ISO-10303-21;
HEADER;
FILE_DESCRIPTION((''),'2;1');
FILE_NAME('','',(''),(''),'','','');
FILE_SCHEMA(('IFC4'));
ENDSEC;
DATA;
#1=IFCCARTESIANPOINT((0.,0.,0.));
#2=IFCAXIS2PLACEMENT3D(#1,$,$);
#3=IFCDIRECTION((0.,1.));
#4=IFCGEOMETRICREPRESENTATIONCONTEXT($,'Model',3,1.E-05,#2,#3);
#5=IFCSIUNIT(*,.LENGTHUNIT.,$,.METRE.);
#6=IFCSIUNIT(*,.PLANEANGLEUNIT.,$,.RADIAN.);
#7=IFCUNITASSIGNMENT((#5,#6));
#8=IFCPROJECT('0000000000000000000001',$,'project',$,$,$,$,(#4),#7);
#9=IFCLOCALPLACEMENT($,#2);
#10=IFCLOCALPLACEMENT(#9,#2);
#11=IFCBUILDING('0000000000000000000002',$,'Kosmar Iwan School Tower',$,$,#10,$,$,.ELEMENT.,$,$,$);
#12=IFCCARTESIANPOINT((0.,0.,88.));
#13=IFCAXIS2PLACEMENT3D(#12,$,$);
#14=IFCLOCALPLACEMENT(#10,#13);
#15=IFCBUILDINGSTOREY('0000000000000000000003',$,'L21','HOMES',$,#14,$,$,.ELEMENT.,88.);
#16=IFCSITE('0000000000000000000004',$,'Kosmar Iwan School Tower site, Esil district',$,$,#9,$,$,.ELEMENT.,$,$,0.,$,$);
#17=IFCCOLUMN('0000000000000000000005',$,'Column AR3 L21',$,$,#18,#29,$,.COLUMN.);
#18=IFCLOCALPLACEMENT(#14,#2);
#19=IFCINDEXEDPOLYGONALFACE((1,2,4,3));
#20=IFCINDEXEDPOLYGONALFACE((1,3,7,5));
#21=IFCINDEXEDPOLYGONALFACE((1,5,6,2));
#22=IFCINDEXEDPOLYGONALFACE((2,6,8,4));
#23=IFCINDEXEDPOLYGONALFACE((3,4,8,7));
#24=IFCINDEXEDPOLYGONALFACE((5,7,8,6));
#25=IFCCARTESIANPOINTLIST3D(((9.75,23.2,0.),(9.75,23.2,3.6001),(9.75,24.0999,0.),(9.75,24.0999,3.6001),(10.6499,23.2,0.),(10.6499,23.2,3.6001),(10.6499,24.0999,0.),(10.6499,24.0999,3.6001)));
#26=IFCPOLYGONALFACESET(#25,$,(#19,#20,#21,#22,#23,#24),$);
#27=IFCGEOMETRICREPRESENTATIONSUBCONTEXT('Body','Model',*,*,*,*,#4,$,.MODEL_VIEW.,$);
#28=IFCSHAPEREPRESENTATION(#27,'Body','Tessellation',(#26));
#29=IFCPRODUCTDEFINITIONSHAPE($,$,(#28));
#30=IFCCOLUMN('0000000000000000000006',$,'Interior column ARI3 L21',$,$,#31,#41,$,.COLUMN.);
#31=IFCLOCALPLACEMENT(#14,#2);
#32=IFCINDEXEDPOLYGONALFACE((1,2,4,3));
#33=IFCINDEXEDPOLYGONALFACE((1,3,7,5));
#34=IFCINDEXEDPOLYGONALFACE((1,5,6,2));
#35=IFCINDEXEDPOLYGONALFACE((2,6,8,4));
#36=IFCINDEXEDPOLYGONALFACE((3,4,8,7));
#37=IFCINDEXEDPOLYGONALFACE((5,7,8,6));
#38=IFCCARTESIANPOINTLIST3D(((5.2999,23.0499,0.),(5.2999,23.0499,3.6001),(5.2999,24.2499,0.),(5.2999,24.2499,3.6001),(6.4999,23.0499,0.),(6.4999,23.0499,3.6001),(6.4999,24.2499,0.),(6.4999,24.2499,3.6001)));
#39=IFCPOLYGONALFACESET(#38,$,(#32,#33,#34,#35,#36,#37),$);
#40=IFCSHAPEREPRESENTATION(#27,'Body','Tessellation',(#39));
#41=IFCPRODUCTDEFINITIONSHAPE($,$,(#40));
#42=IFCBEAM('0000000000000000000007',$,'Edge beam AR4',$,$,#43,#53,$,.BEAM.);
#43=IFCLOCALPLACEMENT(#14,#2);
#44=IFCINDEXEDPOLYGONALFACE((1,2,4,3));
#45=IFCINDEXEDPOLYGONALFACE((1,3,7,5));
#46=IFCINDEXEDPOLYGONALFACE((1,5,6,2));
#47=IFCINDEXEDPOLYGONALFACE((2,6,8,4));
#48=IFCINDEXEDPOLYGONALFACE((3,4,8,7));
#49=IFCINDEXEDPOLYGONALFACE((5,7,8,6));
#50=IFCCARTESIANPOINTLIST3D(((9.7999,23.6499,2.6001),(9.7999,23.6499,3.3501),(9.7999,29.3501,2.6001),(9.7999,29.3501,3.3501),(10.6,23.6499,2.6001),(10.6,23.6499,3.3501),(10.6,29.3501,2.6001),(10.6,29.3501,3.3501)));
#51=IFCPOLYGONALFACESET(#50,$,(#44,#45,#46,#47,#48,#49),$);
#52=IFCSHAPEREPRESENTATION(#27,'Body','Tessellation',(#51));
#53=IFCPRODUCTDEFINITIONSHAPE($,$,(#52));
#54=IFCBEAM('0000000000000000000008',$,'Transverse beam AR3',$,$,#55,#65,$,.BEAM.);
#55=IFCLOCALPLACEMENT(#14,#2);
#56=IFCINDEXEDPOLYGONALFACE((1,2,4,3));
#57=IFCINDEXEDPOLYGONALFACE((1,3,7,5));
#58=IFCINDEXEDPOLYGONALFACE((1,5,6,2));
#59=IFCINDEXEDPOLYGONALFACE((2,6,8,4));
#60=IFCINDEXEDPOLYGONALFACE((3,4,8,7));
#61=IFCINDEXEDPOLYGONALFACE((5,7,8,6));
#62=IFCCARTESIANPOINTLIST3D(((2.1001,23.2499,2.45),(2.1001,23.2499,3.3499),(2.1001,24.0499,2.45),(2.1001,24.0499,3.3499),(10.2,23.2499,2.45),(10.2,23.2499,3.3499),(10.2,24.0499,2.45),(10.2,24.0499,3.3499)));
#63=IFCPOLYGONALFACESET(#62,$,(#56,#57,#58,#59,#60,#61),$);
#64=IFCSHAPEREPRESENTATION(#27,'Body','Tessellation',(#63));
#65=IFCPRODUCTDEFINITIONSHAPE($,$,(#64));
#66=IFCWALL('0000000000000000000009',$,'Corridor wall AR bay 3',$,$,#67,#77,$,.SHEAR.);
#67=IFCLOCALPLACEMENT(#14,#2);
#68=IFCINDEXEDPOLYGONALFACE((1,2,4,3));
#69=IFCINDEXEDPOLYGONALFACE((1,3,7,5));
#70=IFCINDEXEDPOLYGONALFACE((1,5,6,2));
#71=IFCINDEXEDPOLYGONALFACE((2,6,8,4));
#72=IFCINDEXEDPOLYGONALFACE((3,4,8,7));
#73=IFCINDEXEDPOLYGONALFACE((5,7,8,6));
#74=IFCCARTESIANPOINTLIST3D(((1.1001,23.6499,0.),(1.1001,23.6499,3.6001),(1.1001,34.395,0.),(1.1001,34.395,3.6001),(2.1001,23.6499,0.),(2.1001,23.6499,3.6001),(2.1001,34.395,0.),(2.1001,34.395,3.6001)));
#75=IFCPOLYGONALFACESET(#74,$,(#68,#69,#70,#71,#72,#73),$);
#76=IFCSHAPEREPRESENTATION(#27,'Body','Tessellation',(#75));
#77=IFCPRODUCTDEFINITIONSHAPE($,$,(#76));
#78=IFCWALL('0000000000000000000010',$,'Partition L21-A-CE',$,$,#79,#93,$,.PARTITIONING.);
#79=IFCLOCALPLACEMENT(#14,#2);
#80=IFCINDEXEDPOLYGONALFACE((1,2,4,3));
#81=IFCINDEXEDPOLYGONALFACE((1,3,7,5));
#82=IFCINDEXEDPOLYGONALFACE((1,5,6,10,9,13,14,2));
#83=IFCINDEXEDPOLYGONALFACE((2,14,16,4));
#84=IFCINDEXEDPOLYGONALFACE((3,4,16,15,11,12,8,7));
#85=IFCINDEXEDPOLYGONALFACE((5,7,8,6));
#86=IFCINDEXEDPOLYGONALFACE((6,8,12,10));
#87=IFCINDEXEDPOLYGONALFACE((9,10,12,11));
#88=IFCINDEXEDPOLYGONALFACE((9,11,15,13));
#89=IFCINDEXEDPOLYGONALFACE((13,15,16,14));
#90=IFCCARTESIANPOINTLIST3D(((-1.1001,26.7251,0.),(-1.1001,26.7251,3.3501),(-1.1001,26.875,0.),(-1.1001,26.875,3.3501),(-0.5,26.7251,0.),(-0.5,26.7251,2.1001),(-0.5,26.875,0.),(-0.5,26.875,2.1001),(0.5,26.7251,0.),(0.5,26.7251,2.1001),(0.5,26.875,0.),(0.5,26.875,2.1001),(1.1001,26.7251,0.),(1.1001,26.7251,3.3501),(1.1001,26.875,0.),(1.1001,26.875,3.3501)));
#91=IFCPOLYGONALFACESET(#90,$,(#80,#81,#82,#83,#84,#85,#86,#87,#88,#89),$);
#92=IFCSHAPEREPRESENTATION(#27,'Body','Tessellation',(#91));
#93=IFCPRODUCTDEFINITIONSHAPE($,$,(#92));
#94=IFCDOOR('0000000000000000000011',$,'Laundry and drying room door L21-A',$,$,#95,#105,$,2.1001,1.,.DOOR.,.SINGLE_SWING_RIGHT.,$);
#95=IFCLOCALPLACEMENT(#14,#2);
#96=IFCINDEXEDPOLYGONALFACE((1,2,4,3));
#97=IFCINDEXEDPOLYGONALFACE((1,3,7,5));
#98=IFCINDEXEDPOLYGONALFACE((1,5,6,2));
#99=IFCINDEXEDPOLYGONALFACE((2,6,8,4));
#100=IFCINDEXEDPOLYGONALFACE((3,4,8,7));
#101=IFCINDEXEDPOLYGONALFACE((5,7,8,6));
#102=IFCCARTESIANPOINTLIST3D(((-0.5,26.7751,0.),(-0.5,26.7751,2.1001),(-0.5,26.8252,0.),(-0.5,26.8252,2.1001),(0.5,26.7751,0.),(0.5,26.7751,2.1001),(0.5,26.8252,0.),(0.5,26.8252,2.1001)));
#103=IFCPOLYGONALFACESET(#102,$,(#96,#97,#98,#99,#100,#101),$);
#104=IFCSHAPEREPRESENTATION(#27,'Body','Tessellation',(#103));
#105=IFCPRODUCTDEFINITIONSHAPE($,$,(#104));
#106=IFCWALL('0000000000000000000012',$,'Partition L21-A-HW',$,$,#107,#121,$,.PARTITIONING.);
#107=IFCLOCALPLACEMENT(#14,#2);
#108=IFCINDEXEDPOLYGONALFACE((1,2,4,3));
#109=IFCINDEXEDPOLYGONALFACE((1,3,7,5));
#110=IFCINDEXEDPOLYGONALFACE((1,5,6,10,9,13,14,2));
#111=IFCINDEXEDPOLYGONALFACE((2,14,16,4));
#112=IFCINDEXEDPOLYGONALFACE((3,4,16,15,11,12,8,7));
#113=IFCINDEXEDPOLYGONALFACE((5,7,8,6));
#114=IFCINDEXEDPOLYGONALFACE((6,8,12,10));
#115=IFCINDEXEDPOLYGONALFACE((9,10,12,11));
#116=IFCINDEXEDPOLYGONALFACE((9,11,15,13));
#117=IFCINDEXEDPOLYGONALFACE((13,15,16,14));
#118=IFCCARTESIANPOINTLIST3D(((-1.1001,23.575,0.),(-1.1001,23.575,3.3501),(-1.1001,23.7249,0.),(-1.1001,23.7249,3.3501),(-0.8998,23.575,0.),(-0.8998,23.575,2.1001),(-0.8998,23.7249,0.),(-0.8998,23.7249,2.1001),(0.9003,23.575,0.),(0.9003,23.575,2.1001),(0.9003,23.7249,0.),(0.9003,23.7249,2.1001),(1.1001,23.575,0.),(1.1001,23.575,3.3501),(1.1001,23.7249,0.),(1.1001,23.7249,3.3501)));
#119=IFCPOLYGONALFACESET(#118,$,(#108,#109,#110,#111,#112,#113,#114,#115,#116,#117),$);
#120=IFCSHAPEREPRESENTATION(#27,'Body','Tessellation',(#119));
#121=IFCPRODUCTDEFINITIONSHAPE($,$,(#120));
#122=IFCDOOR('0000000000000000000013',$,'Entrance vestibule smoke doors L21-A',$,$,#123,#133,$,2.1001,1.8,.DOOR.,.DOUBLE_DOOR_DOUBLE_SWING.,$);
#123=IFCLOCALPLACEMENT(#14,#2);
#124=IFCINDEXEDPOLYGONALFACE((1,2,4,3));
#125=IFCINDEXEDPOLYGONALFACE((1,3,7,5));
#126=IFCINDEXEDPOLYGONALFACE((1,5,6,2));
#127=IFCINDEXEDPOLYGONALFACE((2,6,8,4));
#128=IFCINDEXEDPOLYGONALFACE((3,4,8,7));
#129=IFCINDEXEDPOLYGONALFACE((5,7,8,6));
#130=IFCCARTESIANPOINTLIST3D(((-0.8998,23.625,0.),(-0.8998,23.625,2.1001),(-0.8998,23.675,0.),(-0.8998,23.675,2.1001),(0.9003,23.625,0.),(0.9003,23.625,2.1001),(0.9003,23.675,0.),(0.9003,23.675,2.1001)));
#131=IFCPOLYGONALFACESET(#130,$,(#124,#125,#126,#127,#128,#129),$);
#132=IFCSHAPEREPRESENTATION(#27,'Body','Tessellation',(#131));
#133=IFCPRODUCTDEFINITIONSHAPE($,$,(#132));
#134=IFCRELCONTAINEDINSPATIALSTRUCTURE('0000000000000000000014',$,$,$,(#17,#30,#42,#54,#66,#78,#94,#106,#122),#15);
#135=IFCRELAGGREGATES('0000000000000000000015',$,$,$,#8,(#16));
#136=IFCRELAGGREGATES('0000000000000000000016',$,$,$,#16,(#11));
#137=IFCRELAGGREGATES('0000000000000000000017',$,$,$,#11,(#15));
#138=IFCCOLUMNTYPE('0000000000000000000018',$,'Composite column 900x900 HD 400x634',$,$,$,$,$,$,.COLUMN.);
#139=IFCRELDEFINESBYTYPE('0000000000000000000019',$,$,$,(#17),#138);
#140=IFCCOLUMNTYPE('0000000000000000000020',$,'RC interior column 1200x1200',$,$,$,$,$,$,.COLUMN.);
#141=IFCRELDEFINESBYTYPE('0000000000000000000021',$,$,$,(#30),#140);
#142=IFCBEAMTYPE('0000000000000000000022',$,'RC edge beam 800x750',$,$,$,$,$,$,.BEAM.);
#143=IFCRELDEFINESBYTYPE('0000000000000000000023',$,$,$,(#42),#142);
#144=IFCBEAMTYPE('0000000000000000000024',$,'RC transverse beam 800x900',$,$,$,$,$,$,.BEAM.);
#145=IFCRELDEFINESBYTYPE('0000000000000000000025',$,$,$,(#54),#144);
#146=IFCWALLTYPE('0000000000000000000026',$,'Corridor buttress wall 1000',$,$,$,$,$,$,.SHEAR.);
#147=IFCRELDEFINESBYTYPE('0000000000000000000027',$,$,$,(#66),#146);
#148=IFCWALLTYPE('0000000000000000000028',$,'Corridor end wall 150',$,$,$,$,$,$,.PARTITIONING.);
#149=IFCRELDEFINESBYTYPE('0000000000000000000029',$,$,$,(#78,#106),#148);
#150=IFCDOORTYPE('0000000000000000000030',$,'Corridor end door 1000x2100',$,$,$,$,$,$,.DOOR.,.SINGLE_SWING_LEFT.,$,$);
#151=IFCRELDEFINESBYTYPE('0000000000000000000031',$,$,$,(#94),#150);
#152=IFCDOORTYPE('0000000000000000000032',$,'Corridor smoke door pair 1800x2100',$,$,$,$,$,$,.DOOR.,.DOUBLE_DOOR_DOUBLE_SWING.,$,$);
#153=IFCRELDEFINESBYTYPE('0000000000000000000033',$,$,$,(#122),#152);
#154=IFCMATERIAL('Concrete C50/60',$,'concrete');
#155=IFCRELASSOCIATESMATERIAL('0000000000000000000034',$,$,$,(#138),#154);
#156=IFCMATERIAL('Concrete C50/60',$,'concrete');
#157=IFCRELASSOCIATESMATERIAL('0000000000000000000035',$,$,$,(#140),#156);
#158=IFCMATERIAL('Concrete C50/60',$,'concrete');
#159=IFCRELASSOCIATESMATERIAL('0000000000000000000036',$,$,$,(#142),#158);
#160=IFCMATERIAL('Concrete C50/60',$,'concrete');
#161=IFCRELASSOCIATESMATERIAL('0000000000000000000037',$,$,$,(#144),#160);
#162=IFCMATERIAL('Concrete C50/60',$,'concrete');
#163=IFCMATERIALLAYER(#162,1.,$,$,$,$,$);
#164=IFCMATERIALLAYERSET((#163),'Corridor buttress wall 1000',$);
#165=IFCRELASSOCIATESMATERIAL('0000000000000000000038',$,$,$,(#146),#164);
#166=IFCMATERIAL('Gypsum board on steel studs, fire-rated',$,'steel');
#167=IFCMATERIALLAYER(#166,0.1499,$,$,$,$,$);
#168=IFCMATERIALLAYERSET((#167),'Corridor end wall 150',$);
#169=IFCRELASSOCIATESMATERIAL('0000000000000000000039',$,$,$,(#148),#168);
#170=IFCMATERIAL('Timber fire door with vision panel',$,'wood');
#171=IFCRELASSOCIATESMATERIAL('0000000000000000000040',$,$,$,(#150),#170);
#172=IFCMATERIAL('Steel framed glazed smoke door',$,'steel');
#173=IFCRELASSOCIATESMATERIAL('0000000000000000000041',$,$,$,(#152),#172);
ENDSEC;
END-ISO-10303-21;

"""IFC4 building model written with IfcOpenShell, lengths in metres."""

from ifc_helpers import new_model, si_unit, direction, frame, frame_2d, origin, origin_2d, place, context, subcontext, project, spatial, rectangle, extrude, material, layer, layer_set, material_profile, profile_set, type_object, element, fill, save


model = new_model("IFC4")

# Units and contexts
model_context = context("Model", 3, precision=1e-05, world=origin(), true_north=direction((0.0, 1.0)))
body_context = subcontext(model_context, "Body", "Model", "MODEL_VIEW")
ifc_project = project(units=[si_unit("LENGTHUNIT", "METRE"), si_unit("PLANEANGLEUNIT", "RADIAN")], contexts=[model_context])

# Site, building, storey
site_placement = place(None, origin())
site = spatial("IfcSite", under=ifc_project, at=site_placement, Name="Kosmar Iwan School Tower site, Esil district", CompositionType="ELEMENT", RefElevation=0.0)
building_placement = place(site_placement, origin())
building = spatial("IfcBuilding", under=site, at=building_placement, Name="Kosmar Iwan School Tower", CompositionType="ELEMENT")
storey_placement = place(building_placement, frame((0.0, 0.0, 88.0)))
storey = spatial("IfcBuildingStorey", under=building, at=storey_placement, Name="L21", Description="HOMES", CompositionType="ELEMENT", Elevation=88.0)

# Columns
ifc_material_1 = material(Name="Concrete C50/60", Category="concrete")
ifc_material_profile_1 = material_profile(ifc_material_1, rectangle(XDim=0.8999, YDim=0.8999, at=origin_2d()), Name="RC 900x900 + HD 400x634")
ifc_profile_set_1 = profile_set([ifc_material_profile_1], Name="Concrete C50/60")
column_type_1 = type_object("IfcColumnType", Name="Composite column 900x900 HD 400x634", PredefinedType="COLUMN", material=ifc_profile_set_1)
column_1_placement = place(storey_placement, frame((10.2, 23.6499, 0.0), z_axis=(0.0, 0.0, 1.0), x_axis=(0.0, 1.0, 0.0)))
element("IfcColumn", 1, at=column_1_placement, inside=storey, type_object=column_type_1, Name="Column AR3 L21", PredefinedType="COLUMN", context=body_context, shape_type="SweptSolid", body=[
    extrude(rectangle(XDim=0.8999, YDim=0.8999, at=origin_2d()), origin(), (0.0, 0.0, 1.0), 3.6001),
])
ifc_material_2 = material(Name="Concrete C50/60", Category="concrete")
ifc_material_profile_2 = material_profile(ifc_material_2, rectangle(XDim=1.2, YDim=1.2, at=origin_2d()), Name="RC 1200x1200")
ifc_profile_set_2 = profile_set([ifc_material_profile_2], Name="Concrete C50/60")
column_type_2 = type_object("IfcColumnType", Name="RC interior column 1200x1200", PredefinedType="COLUMN", material=ifc_profile_set_2)
column_2_placement = place(storey_placement, frame((5.8999, 23.6499, 0.0), z_axis=(0.0, 0.0, 1.0), x_axis=(0.0, 1.0, 0.0)))
element("IfcColumn", 2, at=column_2_placement, inside=storey, type_object=column_type_2, Name="Interior column ARI3 L21", PredefinedType="COLUMN", context=body_context, shape_type="SweptSolid", body=[
    extrude(rectangle(XDim=1.2, YDim=1.2, at=origin_2d()), origin(), (0.0, 0.0, 1.0), 3.6001),
])

# Beams
ifc_material_3 = material(Name="Concrete C50/60", Category="concrete")
ifc_material_profile_3 = material_profile(ifc_material_3, rectangle(XDim=0.8, YDim=0.75, at=origin_2d()), Name="RC 800x750")
ifc_profile_set_3 = profile_set([ifc_material_profile_3], Name="Concrete C50/60")
beam_type_1 = type_object("IfcBeamType", Name="RC edge beam 800x750", PredefinedType="BEAM", material=ifc_profile_set_3)
beam_1_placement = place(storey_placement, frame((10.2, 23.6499, 2.9751), z_axis=(0.0, 1.0, 0.0), x_axis=(-1.0, 0.0, 0.0)))
element("IfcBeam", 3, at=beam_1_placement, inside=storey, type_object=beam_type_1, Name="Edge beam AR4", PredefinedType="BEAM", context=body_context, shape_type="SweptSolid", body=[
    extrude(rectangle(XDim=0.8, YDim=0.75, at=origin_2d()), origin(), (0.0, 0.0, 1.0), 5.7002),
])
ifc_material_4 = material(Name="Concrete C50/60", Category="concrete")
ifc_material_profile_4 = material_profile(ifc_material_4, rectangle(XDim=0.8, YDim=0.8999, at=origin_2d()), Name="RC 800x900")
ifc_profile_set_4 = profile_set([ifc_material_profile_4], Name="Concrete C50/60")
beam_type_2 = type_object("IfcBeamType", Name="RC transverse beam 800x900", PredefinedType="BEAM", material=ifc_profile_set_4)
beam_2_placement = place(storey_placement, frame((10.2, 23.6499, 2.8999), z_axis=(-1.0, 0.0, 0.0), x_axis=(0.0, -1.0, 0.0)))
element("IfcBeam", 4, at=beam_2_placement, inside=storey, type_object=beam_type_2, Name="Transverse beam AR3", PredefinedType="BEAM", context=body_context, shape_type="SweptSolid", body=[
    extrude(rectangle(XDim=0.8, YDim=0.8999, at=origin_2d()), origin(), (0.0, 0.0, 1.0), 8.0999),
])

# Wall
ifc_material_5 = material(Name="Concrete C50/60", Category="concrete")
ifc_layer_1 = layer(ifc_material_5, 1.0)
ifc_layer_set_1 = layer_set([ifc_layer_1], Name="Corridor buttress wall 1000")
wall_type_1 = type_object("IfcWallType", Name="Corridor buttress wall 1000", PredefinedType="SHEAR", material=ifc_layer_set_1)
wall_1_placement = place(storey_placement, frame((1.6001, 23.6499, 0.0), z_axis=(0.0, 0.0, 1.0), x_axis=(0.0, 1.0, 0.0)))
element("IfcWall", 5, at=wall_1_placement, inside=storey, type_object=wall_type_1, Name="Corridor wall AR bay 3", PredefinedType="SHEAR", context=body_context, shape_type="SweptSolid", body=[
    extrude(rectangle(XDim=10.7451, YDim=1.0, at=frame_2d((5.3726, 0.0))), origin(), (0.0, 0.0, 1.0), 3.6001),
])

# Walls, openings, doors
ifc_material_6 = material(Name="Gypsum board on steel studs, fire-rated", Category="steel")
ifc_layer_2 = layer(ifc_material_6, 0.1499)
ifc_layer_set_2 = layer_set([ifc_layer_2], Name="Corridor end wall 150")
wall_type_2 = type_object("IfcWallType", Name="Corridor end wall 150", PredefinedType="PARTITIONING", material=ifc_layer_set_2)
wall_2_placement = place(storey_placement, frame((1.1001, 26.8, 0.0), z_axis=(0.0, 0.0, 1.0), x_axis=(-1.0, 0.0, 0.0)))
wall_2 = element("IfcWall", 6, at=wall_2_placement, inside=storey, type_object=wall_type_2, Name="Partition L21-A-CE", PredefinedType="PARTITIONING", context=body_context, shape_type="SweptSolid", body=[
    extrude(rectangle(XDim=2.2002, YDim=0.1499, at=frame_2d((1.1001, 0.0))), origin(), (0.0, 0.0, 1.0), 3.3501),
])
opening_1_placement = place(wall_2_placement, frame((0.6001, 0.0, 0.0)))
opening_1 = element("IfcOpeningElement", 7, at=opening_1_placement, cuts=wall_2, PredefinedType="OPENING", context=body_context, shape_type="SweptSolid", body=[
    extrude(rectangle(XDim=1.0, YDim=2.1001, at=frame_2d((0.5, 1.05))), frame((0.0, 0.0869, 0.0), z_axis=(0.0, -1.0, 0.0), x_axis=(1.0, 0.0, 0.0)), (0.0, 0.0, 1.0), 0.1738),
])
ifc_material_7 = material(Name="Timber fire door with vision panel", Category="wood")
door_type_1 = type_object("IfcDoorType", Name="Corridor end door 1000x2100", OperationType="SINGLE_SWING_LEFT", PredefinedType="DOOR", material=ifc_material_7)
door_1_placement = place(opening_1_placement, origin())
door_1 = element("IfcDoor", 8, at=door_1_placement, inside=storey, type_object=door_type_1, Name="Laundry and drying room door L21-A", OperationType="SINGLE_SWING_RIGHT", OverallHeight=2.1001, OverallWidth=1.0, PredefinedType="DOOR", context=body_context, shape_type="SweptSolid", body=[
    extrude(rectangle(XDim=1.0, YDim=2.1001, at=frame_2d((0.5, 1.05))), frame((0.0, 0.0249, 0.0), z_axis=(0.0, -1.0, 0.0), x_axis=(1.0, 0.0, 0.0)), (0.0, 0.0, 1.0), 0.05),
])
fill(opening_1, door_1)
wall_3_placement = place(storey_placement, frame((1.1001, 23.6499, 0.0), z_axis=(0.0, 0.0, 1.0), x_axis=(-1.0, 0.0, 0.0)))
wall_3 = element("IfcWall", 9, at=wall_3_placement, inside=storey, type_object=wall_type_2, Name="Partition L21-A-HW", PredefinedType="PARTITIONING", context=body_context, shape_type="SweptSolid", body=[
    extrude(rectangle(XDim=2.2002, YDim=0.1499, at=frame_2d((1.1001, 0.0))), origin(), (0.0, 0.0, 1.0), 3.3501),
])
opening_2_placement = place(wall_3_placement, frame((0.2, 0.0, 0.0)))
opening_2 = element("IfcOpeningElement", 10, at=opening_2_placement, cuts=wall_3, PredefinedType="OPENING", context=body_context, shape_type="SweptSolid", body=[
    extrude(rectangle(XDim=1.8, YDim=2.1001, at=frame_2d((0.8999, 1.05))), frame((0.0, 0.0869, 0.0), z_axis=(0.0, -1.0, 0.0), x_axis=(1.0, 0.0, 0.0)), (0.0, 0.0, 1.0), 0.1738),
])
ifc_material_8 = material(Name="Steel framed glazed smoke door", Category="steel")
door_type_2 = type_object("IfcDoorType", Name="Corridor smoke door pair 1800x2100", OperationType="DOUBLE_DOOR_DOUBLE_SWING", PredefinedType="DOOR", material=ifc_material_8)
door_2_placement = place(opening_2_placement, origin())
door_2 = element("IfcDoor", 11, at=door_2_placement, inside=storey, type_object=door_type_2, Name="Entrance vestibule smoke doors L21-A", OperationType="DOUBLE_DOOR_DOUBLE_SWING", OverallHeight=2.1001, OverallWidth=1.8, PredefinedType="DOOR", context=body_context, shape_type="SweptSolid", body=[
    extrude(rectangle(XDim=1.8, YDim=2.1001, at=frame_2d((0.8999, 1.05))), frame((0.0, 0.0249, 0.0), z_axis=(0.0, -1.0, 0.0), x_axis=(1.0, 0.0, 0.0)), (0.0, 0.0, 1.0), 0.05),
])
fill(opening_2, door_2)

save(model, "model.ifc")
